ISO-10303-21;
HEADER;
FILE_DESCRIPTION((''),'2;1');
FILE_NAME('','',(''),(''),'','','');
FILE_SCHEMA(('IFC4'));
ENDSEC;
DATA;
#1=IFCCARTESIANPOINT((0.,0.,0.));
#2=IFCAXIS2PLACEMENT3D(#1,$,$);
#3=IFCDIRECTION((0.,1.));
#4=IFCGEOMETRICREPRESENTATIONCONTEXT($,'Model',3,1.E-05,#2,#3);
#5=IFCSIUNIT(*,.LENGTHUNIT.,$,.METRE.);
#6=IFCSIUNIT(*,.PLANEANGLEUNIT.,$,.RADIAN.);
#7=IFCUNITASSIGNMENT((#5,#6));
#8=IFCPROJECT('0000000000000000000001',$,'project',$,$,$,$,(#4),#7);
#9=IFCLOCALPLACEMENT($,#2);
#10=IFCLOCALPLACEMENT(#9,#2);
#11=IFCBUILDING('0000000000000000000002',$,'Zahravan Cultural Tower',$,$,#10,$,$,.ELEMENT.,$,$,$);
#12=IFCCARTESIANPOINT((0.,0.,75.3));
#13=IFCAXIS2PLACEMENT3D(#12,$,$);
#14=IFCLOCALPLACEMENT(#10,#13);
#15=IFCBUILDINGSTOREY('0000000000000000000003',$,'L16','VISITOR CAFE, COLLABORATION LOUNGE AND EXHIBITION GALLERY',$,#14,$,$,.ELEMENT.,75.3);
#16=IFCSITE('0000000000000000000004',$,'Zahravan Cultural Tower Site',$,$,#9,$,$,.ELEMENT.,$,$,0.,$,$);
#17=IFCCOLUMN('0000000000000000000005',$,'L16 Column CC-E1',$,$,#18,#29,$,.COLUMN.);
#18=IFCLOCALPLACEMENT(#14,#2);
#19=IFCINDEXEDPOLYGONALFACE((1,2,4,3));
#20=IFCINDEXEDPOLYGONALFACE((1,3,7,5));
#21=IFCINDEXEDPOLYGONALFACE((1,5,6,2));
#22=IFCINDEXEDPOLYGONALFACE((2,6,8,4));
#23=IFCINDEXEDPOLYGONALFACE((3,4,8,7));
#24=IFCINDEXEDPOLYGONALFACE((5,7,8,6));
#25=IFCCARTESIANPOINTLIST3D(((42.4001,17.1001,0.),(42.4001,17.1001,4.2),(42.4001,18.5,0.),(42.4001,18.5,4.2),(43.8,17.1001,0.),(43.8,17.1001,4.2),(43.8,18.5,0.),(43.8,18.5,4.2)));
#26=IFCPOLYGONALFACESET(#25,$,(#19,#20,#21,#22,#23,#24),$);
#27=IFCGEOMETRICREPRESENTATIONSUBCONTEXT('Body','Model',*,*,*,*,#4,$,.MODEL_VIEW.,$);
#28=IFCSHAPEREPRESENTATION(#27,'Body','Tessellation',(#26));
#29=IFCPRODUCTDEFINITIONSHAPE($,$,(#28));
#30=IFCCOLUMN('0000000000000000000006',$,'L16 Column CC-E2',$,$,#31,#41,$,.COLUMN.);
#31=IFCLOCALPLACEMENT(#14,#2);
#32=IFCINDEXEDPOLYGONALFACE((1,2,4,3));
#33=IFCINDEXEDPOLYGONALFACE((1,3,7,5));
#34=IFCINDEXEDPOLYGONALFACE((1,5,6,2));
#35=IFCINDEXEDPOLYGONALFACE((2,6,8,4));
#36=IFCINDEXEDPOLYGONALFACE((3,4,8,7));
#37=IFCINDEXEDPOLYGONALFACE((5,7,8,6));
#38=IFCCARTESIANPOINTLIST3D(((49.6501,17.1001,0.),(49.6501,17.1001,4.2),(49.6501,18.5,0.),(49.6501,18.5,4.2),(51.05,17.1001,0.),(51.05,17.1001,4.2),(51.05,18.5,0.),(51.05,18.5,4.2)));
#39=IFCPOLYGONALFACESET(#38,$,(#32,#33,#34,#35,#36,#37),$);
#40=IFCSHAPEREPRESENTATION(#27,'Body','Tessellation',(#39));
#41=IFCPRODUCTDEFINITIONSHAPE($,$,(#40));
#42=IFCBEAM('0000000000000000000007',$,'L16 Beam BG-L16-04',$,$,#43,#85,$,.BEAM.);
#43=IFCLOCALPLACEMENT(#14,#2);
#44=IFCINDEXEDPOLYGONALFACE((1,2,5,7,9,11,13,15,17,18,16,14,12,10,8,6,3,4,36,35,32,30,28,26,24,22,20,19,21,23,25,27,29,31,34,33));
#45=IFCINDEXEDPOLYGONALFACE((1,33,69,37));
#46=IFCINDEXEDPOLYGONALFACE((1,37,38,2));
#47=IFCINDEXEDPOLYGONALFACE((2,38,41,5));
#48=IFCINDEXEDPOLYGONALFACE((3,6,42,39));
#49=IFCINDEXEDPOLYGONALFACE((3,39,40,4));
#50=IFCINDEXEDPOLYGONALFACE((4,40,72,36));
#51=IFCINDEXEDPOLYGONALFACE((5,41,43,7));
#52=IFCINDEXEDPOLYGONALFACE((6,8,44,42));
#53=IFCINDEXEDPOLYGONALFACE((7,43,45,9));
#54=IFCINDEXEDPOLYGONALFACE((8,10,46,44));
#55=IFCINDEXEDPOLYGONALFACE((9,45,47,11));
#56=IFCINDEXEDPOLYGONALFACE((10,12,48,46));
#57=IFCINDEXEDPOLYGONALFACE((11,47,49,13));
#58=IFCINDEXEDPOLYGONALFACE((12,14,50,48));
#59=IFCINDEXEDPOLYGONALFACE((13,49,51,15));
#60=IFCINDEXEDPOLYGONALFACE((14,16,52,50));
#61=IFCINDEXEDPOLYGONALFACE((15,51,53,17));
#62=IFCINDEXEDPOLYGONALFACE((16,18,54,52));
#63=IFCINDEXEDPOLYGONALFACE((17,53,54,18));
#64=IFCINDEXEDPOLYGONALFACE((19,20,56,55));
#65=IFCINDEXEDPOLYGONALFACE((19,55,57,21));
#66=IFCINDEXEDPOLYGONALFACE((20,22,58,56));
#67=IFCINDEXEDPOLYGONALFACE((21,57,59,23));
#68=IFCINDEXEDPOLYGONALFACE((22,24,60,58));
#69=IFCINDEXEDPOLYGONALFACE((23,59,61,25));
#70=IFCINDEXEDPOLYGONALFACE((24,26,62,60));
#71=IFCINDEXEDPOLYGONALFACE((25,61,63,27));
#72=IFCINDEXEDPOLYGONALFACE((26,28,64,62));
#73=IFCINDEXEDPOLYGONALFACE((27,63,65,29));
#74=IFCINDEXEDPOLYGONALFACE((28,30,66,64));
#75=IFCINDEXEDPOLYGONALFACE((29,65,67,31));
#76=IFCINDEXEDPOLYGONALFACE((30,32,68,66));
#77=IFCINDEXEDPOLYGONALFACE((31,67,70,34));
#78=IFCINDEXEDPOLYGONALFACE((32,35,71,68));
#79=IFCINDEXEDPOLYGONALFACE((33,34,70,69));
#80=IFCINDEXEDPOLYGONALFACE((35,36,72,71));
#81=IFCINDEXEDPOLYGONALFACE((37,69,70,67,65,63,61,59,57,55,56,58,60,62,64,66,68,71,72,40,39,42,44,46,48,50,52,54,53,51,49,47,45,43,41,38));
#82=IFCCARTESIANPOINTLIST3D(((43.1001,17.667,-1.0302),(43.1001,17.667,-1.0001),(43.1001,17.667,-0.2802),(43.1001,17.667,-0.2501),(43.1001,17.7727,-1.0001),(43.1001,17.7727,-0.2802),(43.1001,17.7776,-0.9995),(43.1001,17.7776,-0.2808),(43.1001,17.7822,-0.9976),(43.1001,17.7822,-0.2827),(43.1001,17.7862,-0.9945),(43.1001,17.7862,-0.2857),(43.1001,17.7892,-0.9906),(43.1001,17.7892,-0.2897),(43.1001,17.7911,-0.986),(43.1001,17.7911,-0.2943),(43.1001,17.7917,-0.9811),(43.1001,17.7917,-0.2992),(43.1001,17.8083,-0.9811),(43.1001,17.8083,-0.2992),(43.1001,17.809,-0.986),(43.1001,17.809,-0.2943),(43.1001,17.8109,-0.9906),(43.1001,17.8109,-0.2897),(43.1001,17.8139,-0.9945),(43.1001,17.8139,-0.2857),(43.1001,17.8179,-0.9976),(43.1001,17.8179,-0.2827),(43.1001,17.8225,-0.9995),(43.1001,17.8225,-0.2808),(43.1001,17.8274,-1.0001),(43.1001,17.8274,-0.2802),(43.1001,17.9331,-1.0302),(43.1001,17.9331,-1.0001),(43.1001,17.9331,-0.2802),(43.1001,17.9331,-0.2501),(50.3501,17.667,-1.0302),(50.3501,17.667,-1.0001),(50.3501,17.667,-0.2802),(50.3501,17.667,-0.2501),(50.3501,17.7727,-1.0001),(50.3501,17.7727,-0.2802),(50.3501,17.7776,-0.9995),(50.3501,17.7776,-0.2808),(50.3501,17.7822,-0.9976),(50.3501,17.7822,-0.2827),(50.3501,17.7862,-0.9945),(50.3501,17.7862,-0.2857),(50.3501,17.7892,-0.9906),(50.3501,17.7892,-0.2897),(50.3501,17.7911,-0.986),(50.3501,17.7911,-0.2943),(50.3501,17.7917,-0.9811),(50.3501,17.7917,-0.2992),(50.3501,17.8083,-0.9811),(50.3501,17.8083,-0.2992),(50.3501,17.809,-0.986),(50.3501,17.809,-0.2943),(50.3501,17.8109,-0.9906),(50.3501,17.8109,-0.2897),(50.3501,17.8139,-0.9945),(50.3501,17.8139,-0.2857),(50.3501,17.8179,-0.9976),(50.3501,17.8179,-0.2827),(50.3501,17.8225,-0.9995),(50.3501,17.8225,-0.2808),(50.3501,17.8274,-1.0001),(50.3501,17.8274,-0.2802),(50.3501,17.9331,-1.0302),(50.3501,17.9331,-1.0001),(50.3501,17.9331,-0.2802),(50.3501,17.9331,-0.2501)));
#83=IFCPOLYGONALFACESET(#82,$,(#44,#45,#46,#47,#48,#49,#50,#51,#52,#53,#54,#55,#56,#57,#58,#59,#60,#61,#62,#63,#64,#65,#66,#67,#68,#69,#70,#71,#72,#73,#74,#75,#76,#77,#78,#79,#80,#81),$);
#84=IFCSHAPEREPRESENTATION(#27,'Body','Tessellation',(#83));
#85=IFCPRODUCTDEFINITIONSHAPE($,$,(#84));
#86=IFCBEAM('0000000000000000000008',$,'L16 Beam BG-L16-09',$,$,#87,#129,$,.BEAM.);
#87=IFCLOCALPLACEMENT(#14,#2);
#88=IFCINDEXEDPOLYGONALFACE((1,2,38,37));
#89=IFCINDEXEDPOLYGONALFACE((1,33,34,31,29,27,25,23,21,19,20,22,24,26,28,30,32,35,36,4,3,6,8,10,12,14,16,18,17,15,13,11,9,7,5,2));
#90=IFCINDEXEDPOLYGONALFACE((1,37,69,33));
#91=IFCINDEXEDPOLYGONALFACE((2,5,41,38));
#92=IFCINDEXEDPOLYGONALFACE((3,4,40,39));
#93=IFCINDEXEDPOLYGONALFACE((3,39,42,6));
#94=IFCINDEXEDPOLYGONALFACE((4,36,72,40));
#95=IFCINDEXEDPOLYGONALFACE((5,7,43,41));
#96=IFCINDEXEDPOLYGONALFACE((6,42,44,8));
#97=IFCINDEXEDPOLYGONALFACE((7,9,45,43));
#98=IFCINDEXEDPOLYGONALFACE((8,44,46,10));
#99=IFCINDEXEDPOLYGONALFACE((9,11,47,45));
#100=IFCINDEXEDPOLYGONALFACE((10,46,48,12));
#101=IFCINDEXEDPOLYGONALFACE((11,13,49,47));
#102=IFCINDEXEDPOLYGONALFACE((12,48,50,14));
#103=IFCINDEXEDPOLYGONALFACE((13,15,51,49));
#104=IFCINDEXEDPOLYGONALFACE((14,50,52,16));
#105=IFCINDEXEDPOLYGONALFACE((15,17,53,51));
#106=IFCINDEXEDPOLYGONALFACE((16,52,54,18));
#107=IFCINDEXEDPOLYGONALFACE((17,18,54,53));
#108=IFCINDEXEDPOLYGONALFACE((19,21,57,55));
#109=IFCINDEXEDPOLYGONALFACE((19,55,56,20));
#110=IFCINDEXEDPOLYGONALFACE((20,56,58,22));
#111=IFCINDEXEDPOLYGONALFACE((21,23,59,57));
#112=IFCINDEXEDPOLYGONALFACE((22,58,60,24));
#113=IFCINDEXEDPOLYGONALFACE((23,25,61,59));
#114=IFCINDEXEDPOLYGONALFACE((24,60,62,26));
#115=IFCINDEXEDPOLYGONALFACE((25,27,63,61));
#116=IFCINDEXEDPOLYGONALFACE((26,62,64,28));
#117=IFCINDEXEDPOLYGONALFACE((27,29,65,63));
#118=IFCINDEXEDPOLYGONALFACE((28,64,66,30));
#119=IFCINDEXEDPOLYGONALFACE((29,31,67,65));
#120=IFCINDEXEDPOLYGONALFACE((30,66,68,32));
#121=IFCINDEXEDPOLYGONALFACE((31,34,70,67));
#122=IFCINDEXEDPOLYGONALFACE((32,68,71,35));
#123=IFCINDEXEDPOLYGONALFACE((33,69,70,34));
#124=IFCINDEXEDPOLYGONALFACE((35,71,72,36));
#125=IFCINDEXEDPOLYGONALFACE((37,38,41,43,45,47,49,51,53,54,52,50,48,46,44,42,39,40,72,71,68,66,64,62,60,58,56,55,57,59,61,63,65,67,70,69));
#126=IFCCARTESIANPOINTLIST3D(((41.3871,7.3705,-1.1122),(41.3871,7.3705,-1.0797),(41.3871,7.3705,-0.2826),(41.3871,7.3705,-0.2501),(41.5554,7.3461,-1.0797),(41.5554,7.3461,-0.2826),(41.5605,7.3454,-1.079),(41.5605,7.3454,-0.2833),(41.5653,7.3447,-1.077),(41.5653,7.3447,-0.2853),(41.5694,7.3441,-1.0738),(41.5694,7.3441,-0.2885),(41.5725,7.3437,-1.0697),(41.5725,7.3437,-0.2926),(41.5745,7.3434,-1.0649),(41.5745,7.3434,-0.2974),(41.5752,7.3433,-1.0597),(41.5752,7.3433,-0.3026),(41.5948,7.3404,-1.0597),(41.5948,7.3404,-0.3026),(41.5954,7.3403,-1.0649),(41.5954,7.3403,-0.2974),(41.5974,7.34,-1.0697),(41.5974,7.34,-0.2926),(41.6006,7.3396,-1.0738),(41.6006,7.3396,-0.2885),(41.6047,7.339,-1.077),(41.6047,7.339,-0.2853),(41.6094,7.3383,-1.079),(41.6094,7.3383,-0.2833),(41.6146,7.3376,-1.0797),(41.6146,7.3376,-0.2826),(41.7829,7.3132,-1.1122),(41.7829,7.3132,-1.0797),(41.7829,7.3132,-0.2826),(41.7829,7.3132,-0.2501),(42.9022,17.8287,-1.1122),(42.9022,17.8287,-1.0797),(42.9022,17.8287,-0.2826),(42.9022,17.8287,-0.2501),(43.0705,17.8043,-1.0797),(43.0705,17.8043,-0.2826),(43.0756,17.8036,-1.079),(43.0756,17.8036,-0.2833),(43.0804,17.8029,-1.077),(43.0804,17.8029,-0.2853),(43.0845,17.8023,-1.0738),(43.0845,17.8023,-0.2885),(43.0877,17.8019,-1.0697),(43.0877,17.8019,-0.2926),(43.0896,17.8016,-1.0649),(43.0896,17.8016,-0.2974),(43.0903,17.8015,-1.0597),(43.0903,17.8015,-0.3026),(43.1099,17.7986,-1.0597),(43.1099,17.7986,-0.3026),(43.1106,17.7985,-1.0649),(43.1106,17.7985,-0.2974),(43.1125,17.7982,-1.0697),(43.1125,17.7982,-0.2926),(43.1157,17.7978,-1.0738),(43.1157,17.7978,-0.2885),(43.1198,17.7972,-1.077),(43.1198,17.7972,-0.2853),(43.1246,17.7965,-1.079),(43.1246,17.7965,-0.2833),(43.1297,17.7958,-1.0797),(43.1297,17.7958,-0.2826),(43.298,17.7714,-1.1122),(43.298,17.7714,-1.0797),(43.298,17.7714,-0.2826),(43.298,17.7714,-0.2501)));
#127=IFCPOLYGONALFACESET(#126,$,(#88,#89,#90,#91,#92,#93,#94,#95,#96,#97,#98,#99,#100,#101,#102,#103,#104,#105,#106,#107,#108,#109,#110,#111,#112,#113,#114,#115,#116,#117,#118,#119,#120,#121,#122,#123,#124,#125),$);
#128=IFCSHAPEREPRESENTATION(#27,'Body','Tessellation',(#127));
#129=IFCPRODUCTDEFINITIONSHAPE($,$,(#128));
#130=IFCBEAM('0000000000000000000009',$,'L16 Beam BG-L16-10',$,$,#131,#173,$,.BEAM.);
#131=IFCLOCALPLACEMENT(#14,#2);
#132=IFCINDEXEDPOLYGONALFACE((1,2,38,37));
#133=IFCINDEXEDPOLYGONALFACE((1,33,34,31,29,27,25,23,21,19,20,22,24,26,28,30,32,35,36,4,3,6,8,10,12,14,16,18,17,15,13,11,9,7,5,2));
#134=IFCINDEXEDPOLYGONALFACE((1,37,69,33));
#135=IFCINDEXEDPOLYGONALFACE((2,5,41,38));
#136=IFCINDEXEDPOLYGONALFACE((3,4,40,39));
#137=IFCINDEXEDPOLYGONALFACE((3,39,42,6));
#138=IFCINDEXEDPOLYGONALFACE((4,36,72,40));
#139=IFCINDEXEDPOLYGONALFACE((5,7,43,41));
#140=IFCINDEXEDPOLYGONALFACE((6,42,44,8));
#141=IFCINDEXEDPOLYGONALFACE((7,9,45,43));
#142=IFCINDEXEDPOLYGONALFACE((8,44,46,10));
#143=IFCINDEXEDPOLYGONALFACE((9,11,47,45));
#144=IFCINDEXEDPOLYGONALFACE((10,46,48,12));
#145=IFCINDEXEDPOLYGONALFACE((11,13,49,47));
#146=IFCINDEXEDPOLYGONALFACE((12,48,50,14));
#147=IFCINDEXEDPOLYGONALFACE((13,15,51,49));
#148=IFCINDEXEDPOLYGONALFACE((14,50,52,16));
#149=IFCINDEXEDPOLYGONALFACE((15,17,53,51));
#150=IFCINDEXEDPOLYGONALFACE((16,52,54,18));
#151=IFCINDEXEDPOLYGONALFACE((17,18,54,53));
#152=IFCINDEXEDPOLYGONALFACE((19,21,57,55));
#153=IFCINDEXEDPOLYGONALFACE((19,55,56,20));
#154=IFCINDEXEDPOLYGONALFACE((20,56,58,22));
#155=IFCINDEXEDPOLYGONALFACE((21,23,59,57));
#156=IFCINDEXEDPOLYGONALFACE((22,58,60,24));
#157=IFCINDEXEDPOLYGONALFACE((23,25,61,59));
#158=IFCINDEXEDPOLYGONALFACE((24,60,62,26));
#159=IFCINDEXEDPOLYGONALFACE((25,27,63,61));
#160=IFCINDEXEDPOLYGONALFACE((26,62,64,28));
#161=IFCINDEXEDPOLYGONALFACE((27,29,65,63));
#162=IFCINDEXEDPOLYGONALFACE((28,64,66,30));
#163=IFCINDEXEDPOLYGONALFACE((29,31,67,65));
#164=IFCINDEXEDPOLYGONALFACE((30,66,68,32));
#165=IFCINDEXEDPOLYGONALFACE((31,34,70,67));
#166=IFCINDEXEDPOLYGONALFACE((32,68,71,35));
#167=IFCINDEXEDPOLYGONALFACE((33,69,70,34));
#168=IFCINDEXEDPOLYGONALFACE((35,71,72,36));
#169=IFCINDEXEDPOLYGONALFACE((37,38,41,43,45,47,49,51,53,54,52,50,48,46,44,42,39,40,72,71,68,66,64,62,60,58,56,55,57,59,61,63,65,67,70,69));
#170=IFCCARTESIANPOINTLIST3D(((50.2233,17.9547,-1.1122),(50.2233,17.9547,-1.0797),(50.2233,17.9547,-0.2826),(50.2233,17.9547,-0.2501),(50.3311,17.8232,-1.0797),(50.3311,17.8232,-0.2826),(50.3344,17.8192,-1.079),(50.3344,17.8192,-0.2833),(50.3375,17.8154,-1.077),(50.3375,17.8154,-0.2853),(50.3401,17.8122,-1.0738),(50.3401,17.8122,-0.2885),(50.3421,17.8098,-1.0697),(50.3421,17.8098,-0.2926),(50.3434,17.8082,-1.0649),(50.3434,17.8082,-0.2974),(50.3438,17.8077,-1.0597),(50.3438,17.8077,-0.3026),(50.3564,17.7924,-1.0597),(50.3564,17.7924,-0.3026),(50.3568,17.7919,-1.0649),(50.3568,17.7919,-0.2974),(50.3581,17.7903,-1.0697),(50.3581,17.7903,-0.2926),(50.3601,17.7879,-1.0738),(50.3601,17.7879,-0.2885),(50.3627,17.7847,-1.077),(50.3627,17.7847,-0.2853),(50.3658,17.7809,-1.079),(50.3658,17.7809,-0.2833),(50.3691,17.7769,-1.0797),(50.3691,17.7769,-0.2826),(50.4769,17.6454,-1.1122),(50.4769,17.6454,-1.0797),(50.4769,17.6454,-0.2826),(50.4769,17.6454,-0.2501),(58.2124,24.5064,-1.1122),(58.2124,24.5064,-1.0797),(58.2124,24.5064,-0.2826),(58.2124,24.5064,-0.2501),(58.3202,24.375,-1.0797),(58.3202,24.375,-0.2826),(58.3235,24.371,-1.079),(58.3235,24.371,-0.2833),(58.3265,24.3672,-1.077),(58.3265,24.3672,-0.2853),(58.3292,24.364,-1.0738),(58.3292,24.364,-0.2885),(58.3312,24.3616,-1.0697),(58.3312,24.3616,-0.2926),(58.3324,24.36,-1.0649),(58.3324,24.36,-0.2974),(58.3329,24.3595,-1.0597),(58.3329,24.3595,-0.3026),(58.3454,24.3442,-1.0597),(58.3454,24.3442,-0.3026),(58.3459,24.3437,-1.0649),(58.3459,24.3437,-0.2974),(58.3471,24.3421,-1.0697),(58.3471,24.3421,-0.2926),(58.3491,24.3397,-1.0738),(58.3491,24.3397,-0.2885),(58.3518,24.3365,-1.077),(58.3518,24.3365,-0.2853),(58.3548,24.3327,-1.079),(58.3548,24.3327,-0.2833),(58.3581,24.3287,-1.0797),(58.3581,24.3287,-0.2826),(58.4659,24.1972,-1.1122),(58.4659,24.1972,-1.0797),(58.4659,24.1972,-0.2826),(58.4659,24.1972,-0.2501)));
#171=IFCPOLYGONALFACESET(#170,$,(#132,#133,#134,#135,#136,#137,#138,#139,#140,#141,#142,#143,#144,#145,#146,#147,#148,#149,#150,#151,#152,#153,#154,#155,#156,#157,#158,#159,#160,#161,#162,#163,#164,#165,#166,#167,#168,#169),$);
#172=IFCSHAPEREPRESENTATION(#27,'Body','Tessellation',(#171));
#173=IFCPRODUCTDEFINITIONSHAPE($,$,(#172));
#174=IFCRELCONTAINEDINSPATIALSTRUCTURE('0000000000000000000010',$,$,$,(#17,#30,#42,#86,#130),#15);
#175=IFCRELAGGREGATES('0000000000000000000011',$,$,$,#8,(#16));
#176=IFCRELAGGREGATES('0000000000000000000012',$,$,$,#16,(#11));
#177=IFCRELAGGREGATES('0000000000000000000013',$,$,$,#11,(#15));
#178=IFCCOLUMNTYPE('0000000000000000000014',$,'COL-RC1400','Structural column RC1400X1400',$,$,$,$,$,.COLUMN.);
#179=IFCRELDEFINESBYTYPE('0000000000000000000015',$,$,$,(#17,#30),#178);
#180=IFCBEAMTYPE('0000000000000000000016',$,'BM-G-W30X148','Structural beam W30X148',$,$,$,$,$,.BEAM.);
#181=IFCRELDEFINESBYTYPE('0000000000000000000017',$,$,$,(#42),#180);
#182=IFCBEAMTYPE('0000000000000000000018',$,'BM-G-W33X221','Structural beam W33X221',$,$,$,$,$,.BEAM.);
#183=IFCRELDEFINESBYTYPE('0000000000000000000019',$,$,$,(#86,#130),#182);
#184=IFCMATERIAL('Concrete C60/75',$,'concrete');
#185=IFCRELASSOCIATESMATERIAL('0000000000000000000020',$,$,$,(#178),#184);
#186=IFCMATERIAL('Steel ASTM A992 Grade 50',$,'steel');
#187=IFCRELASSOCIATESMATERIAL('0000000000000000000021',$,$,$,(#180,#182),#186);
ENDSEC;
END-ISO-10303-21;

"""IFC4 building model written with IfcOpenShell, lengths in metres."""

from ifc_helpers import new_model, si_unit, direction, frame, origin, origin_2d, place, context, subcontext, project, spatial, rectangle, i_section, extrude, source, transform, mapped, material, material_profile, profile_set, type_object, element, save


model = new_model("IFC4")

# Units and contexts
model_context = context("Model", 3, precision=1e-05, world=origin(), true_north=direction((0.0, 1.0)))
body_context = subcontext(model_context, "Body", "Model", "MODEL_VIEW")
ifc_project = project(units=[si_unit("LENGTHUNIT", "METRE"), si_unit("PLANEANGLEUNIT", "RADIAN")], contexts=[model_context])

# Site, building, storey
site_placement = place(None, origin())
site = spatial("IfcSite", under=ifc_project, at=site_placement, Name="Zahravan Cultural Tower Site", CompositionType="ELEMENT", RefElevation=0.0)
building_placement = place(site_placement, origin())
building = spatial("IfcBuilding", under=site, at=building_placement, Name="Zahravan Cultural Tower", CompositionType="ELEMENT")
storey_placement = place(building_placement, frame((0.0, 0.0, 75.3)))
storey = spatial("IfcBuildingStorey", under=building, at=storey_placement, Name="L16", Description="VISITOR CAFE, COLLABORATION LOUNGE AND EXHIBITION GALLERY", CompositionType="ELEMENT", Elevation=75.3)

# Columns
ifc_material_1 = material(Name="Concrete C60/75", Category="concrete")
ifc_material_profile_1 = material_profile(ifc_material_1, rectangle(XDim=1.3999, YDim=1.3999, at=origin_2d()), Name="RC1400X1400")
ifc_profile_set_1 = profile_set([ifc_material_profile_1], Name="Concrete C60/75")
column_type = type_object("IfcColumnType", Name="COL-RC1400", Description="Structural column RC1400X1400", PredefinedType="COLUMN", material=ifc_profile_set_1)
shared_shape_1 = source(origin(), body_context, "Body", "SweptSolid", [
    extrude(rectangle(XDim=1.3999, YDim=1.3999, at=origin_2d()), origin(), (0.0, 0.0, 1.0), 4.2),
])
for number, where, z_axis, x_axis, name in (
    (1, (43.1001, 17.8, 0.0), (0.0, 0.0, 1.0), (1.0, 0.0, 0.0), "L16 Column CC-E1"),
    (2, (50.3501, 17.8, 0.0), (0.0, 0.0, 1.0), (1.0, 0.0, 0.0), "L16 Column CC-E2"),
):
    element("IfcColumn", number, at=place(storey_placement, frame(where, z_axis=z_axis, x_axis=x_axis)), inside=storey, type_object=column_type, Name=name, PredefinedType="COLUMN", context=body_context, shape_type="MappedRepresentation", body=[
        mapped(shared_shape_1, transform((0.0, 0.0, 0.0), x_axis=(1.0, 0.0, 0.0), y_axis=(0.0, 1.0, 0.0), z_axis=(0.0, 0.0, 1.0), scale=1.0)),
    ])

# Beams
ifc_material_2 = material(Name="Steel ASTM A992 Grade 50", Category="steel")
ifc_material_profile_2 = material_profile(ifc_material_2, i_section(OverallWidth=0.2661, OverallDepth=0.78, WebThickness=0.0166, FlangeThickness=0.03, FilletRadius=0.019, at=origin_2d()), Name="W30X148")
ifc_profile_set_2 = profile_set([ifc_material_profile_2], Name="Steel ASTM A992 Grade 50")
beam_type_1 = type_object("IfcBeamType", Name="BM-G-W30X148", Description="Structural beam W30X148", PredefinedType="BEAM", material=ifc_profile_set_2)
shared_shape_2 = source(origin(), body_context, "Body", "SweptSolid", [
    extrude(i_section(OverallWidth=0.2661, OverallDepth=0.78, WebThickness=0.0166, FlangeThickness=0.03, FilletRadius=0.019, at=origin_2d()), origin(), (0.0, 0.0, 1.0), 7.25),
])
beam_1_placement = place(storey_placement, frame((43.1001, 17.8, -0.6401), z_axis=(1.0, 0.0, 0.0), x_axis=(0.0, 1.0, 0.0)))
element("IfcBeam", 3, at=beam_1_placement, inside=storey, type_object=beam_type_1, Name="L16 Beam BG-L16-04", PredefinedType="BEAM", context=body_context, shape_type="MappedRepresentation", body=[
    mapped(shared_shape_2, transform((0.0, 0.0, 0.0), x_axis=(1.0, 0.0, 0.0), y_axis=(0.0, 1.0, 0.0), z_axis=(0.0, 0.0, 1.0), scale=1.0)),
])
ifc_material_profile_3 = material_profile(ifc_material_2, i_section(OverallWidth=0.3999, OverallDepth=0.8621, WebThickness=0.0198, FlangeThickness=0.0325, FilletRadius=0.02, at=origin_2d()), Name="W33X221")
ifc_profile_set_3 = profile_set([ifc_material_profile_3], Name="Steel ASTM A992 Grade 50")
beam_type_2 = type_object("IfcBeamType", Name="BM-G-W33X221", Description="Structural beam W33X221", PredefinedType="BEAM", material=ifc_profile_set_3)
shared_shape_3 = source(origin(), body_context, "Body", "SweptSolid", [
    extrude(i_section(OverallWidth=0.3999, OverallDepth=0.8621, WebThickness=0.0198, FlangeThickness=0.0325, FilletRadius=0.02, at=origin_2d()), origin(), (0.0, 0.0, 1.0), 10.5674),
])
beam_2_placement = place(storey_placement, frame((43.1001, 17.8, -0.6812), z_axis=(-0.143378, -0.989668, 0.0), x_axis=(0.989668, -0.143378, 0.0)))
element("IfcBeam", 4, at=beam_2_placement, inside=storey, type_object=beam_type_2, Name="L16 Beam BG-L16-09", PredefinedType="BEAM", context=body_context, shape_type="MappedRepresentation", body=[
    mapped(shared_shape_3, transform((0.0, 0.0, 0.0), x_axis=(1.0, 0.0, 0.0), y_axis=(0.0, 1.0, 0.0), z_axis=(0.0, 0.0, 1.0), scale=1.0)),
])
shared_shape_4 = source(origin(), body_context, "Body", "SweptSolid", [
    extrude(i_section(OverallWidth=0.3999, OverallDepth=0.8621, WebThickness=0.0198, FlangeThickness=0.0325, FilletRadius=0.02, at=origin_2d()), origin(), (0.0, 0.0, 1.0), 10.332),
])
beam_3_placement = place(storey_placement, frame((50.3501, 17.8, -0.6812), z_axis=(0.773231, 0.634124, 0.0), x_axis=(-0.634124, 0.773231, 0.0)))
element("IfcBeam", 5, at=beam_3_placement, inside=storey, type_object=beam_type_2, Name="L16 Beam BG-L16-10", PredefinedType="BEAM", context=body_context, shape_type="MappedRepresentation", body=[
    mapped(shared_shape_4, transform((0.0, 0.0, 0.0), x_axis=(1.0, 0.0, 0.0), y_axis=(0.0, 1.0, 0.0), z_axis=(0.0, 0.0, 1.0), scale=1.0)),
])

save(model, "model.ifc")
